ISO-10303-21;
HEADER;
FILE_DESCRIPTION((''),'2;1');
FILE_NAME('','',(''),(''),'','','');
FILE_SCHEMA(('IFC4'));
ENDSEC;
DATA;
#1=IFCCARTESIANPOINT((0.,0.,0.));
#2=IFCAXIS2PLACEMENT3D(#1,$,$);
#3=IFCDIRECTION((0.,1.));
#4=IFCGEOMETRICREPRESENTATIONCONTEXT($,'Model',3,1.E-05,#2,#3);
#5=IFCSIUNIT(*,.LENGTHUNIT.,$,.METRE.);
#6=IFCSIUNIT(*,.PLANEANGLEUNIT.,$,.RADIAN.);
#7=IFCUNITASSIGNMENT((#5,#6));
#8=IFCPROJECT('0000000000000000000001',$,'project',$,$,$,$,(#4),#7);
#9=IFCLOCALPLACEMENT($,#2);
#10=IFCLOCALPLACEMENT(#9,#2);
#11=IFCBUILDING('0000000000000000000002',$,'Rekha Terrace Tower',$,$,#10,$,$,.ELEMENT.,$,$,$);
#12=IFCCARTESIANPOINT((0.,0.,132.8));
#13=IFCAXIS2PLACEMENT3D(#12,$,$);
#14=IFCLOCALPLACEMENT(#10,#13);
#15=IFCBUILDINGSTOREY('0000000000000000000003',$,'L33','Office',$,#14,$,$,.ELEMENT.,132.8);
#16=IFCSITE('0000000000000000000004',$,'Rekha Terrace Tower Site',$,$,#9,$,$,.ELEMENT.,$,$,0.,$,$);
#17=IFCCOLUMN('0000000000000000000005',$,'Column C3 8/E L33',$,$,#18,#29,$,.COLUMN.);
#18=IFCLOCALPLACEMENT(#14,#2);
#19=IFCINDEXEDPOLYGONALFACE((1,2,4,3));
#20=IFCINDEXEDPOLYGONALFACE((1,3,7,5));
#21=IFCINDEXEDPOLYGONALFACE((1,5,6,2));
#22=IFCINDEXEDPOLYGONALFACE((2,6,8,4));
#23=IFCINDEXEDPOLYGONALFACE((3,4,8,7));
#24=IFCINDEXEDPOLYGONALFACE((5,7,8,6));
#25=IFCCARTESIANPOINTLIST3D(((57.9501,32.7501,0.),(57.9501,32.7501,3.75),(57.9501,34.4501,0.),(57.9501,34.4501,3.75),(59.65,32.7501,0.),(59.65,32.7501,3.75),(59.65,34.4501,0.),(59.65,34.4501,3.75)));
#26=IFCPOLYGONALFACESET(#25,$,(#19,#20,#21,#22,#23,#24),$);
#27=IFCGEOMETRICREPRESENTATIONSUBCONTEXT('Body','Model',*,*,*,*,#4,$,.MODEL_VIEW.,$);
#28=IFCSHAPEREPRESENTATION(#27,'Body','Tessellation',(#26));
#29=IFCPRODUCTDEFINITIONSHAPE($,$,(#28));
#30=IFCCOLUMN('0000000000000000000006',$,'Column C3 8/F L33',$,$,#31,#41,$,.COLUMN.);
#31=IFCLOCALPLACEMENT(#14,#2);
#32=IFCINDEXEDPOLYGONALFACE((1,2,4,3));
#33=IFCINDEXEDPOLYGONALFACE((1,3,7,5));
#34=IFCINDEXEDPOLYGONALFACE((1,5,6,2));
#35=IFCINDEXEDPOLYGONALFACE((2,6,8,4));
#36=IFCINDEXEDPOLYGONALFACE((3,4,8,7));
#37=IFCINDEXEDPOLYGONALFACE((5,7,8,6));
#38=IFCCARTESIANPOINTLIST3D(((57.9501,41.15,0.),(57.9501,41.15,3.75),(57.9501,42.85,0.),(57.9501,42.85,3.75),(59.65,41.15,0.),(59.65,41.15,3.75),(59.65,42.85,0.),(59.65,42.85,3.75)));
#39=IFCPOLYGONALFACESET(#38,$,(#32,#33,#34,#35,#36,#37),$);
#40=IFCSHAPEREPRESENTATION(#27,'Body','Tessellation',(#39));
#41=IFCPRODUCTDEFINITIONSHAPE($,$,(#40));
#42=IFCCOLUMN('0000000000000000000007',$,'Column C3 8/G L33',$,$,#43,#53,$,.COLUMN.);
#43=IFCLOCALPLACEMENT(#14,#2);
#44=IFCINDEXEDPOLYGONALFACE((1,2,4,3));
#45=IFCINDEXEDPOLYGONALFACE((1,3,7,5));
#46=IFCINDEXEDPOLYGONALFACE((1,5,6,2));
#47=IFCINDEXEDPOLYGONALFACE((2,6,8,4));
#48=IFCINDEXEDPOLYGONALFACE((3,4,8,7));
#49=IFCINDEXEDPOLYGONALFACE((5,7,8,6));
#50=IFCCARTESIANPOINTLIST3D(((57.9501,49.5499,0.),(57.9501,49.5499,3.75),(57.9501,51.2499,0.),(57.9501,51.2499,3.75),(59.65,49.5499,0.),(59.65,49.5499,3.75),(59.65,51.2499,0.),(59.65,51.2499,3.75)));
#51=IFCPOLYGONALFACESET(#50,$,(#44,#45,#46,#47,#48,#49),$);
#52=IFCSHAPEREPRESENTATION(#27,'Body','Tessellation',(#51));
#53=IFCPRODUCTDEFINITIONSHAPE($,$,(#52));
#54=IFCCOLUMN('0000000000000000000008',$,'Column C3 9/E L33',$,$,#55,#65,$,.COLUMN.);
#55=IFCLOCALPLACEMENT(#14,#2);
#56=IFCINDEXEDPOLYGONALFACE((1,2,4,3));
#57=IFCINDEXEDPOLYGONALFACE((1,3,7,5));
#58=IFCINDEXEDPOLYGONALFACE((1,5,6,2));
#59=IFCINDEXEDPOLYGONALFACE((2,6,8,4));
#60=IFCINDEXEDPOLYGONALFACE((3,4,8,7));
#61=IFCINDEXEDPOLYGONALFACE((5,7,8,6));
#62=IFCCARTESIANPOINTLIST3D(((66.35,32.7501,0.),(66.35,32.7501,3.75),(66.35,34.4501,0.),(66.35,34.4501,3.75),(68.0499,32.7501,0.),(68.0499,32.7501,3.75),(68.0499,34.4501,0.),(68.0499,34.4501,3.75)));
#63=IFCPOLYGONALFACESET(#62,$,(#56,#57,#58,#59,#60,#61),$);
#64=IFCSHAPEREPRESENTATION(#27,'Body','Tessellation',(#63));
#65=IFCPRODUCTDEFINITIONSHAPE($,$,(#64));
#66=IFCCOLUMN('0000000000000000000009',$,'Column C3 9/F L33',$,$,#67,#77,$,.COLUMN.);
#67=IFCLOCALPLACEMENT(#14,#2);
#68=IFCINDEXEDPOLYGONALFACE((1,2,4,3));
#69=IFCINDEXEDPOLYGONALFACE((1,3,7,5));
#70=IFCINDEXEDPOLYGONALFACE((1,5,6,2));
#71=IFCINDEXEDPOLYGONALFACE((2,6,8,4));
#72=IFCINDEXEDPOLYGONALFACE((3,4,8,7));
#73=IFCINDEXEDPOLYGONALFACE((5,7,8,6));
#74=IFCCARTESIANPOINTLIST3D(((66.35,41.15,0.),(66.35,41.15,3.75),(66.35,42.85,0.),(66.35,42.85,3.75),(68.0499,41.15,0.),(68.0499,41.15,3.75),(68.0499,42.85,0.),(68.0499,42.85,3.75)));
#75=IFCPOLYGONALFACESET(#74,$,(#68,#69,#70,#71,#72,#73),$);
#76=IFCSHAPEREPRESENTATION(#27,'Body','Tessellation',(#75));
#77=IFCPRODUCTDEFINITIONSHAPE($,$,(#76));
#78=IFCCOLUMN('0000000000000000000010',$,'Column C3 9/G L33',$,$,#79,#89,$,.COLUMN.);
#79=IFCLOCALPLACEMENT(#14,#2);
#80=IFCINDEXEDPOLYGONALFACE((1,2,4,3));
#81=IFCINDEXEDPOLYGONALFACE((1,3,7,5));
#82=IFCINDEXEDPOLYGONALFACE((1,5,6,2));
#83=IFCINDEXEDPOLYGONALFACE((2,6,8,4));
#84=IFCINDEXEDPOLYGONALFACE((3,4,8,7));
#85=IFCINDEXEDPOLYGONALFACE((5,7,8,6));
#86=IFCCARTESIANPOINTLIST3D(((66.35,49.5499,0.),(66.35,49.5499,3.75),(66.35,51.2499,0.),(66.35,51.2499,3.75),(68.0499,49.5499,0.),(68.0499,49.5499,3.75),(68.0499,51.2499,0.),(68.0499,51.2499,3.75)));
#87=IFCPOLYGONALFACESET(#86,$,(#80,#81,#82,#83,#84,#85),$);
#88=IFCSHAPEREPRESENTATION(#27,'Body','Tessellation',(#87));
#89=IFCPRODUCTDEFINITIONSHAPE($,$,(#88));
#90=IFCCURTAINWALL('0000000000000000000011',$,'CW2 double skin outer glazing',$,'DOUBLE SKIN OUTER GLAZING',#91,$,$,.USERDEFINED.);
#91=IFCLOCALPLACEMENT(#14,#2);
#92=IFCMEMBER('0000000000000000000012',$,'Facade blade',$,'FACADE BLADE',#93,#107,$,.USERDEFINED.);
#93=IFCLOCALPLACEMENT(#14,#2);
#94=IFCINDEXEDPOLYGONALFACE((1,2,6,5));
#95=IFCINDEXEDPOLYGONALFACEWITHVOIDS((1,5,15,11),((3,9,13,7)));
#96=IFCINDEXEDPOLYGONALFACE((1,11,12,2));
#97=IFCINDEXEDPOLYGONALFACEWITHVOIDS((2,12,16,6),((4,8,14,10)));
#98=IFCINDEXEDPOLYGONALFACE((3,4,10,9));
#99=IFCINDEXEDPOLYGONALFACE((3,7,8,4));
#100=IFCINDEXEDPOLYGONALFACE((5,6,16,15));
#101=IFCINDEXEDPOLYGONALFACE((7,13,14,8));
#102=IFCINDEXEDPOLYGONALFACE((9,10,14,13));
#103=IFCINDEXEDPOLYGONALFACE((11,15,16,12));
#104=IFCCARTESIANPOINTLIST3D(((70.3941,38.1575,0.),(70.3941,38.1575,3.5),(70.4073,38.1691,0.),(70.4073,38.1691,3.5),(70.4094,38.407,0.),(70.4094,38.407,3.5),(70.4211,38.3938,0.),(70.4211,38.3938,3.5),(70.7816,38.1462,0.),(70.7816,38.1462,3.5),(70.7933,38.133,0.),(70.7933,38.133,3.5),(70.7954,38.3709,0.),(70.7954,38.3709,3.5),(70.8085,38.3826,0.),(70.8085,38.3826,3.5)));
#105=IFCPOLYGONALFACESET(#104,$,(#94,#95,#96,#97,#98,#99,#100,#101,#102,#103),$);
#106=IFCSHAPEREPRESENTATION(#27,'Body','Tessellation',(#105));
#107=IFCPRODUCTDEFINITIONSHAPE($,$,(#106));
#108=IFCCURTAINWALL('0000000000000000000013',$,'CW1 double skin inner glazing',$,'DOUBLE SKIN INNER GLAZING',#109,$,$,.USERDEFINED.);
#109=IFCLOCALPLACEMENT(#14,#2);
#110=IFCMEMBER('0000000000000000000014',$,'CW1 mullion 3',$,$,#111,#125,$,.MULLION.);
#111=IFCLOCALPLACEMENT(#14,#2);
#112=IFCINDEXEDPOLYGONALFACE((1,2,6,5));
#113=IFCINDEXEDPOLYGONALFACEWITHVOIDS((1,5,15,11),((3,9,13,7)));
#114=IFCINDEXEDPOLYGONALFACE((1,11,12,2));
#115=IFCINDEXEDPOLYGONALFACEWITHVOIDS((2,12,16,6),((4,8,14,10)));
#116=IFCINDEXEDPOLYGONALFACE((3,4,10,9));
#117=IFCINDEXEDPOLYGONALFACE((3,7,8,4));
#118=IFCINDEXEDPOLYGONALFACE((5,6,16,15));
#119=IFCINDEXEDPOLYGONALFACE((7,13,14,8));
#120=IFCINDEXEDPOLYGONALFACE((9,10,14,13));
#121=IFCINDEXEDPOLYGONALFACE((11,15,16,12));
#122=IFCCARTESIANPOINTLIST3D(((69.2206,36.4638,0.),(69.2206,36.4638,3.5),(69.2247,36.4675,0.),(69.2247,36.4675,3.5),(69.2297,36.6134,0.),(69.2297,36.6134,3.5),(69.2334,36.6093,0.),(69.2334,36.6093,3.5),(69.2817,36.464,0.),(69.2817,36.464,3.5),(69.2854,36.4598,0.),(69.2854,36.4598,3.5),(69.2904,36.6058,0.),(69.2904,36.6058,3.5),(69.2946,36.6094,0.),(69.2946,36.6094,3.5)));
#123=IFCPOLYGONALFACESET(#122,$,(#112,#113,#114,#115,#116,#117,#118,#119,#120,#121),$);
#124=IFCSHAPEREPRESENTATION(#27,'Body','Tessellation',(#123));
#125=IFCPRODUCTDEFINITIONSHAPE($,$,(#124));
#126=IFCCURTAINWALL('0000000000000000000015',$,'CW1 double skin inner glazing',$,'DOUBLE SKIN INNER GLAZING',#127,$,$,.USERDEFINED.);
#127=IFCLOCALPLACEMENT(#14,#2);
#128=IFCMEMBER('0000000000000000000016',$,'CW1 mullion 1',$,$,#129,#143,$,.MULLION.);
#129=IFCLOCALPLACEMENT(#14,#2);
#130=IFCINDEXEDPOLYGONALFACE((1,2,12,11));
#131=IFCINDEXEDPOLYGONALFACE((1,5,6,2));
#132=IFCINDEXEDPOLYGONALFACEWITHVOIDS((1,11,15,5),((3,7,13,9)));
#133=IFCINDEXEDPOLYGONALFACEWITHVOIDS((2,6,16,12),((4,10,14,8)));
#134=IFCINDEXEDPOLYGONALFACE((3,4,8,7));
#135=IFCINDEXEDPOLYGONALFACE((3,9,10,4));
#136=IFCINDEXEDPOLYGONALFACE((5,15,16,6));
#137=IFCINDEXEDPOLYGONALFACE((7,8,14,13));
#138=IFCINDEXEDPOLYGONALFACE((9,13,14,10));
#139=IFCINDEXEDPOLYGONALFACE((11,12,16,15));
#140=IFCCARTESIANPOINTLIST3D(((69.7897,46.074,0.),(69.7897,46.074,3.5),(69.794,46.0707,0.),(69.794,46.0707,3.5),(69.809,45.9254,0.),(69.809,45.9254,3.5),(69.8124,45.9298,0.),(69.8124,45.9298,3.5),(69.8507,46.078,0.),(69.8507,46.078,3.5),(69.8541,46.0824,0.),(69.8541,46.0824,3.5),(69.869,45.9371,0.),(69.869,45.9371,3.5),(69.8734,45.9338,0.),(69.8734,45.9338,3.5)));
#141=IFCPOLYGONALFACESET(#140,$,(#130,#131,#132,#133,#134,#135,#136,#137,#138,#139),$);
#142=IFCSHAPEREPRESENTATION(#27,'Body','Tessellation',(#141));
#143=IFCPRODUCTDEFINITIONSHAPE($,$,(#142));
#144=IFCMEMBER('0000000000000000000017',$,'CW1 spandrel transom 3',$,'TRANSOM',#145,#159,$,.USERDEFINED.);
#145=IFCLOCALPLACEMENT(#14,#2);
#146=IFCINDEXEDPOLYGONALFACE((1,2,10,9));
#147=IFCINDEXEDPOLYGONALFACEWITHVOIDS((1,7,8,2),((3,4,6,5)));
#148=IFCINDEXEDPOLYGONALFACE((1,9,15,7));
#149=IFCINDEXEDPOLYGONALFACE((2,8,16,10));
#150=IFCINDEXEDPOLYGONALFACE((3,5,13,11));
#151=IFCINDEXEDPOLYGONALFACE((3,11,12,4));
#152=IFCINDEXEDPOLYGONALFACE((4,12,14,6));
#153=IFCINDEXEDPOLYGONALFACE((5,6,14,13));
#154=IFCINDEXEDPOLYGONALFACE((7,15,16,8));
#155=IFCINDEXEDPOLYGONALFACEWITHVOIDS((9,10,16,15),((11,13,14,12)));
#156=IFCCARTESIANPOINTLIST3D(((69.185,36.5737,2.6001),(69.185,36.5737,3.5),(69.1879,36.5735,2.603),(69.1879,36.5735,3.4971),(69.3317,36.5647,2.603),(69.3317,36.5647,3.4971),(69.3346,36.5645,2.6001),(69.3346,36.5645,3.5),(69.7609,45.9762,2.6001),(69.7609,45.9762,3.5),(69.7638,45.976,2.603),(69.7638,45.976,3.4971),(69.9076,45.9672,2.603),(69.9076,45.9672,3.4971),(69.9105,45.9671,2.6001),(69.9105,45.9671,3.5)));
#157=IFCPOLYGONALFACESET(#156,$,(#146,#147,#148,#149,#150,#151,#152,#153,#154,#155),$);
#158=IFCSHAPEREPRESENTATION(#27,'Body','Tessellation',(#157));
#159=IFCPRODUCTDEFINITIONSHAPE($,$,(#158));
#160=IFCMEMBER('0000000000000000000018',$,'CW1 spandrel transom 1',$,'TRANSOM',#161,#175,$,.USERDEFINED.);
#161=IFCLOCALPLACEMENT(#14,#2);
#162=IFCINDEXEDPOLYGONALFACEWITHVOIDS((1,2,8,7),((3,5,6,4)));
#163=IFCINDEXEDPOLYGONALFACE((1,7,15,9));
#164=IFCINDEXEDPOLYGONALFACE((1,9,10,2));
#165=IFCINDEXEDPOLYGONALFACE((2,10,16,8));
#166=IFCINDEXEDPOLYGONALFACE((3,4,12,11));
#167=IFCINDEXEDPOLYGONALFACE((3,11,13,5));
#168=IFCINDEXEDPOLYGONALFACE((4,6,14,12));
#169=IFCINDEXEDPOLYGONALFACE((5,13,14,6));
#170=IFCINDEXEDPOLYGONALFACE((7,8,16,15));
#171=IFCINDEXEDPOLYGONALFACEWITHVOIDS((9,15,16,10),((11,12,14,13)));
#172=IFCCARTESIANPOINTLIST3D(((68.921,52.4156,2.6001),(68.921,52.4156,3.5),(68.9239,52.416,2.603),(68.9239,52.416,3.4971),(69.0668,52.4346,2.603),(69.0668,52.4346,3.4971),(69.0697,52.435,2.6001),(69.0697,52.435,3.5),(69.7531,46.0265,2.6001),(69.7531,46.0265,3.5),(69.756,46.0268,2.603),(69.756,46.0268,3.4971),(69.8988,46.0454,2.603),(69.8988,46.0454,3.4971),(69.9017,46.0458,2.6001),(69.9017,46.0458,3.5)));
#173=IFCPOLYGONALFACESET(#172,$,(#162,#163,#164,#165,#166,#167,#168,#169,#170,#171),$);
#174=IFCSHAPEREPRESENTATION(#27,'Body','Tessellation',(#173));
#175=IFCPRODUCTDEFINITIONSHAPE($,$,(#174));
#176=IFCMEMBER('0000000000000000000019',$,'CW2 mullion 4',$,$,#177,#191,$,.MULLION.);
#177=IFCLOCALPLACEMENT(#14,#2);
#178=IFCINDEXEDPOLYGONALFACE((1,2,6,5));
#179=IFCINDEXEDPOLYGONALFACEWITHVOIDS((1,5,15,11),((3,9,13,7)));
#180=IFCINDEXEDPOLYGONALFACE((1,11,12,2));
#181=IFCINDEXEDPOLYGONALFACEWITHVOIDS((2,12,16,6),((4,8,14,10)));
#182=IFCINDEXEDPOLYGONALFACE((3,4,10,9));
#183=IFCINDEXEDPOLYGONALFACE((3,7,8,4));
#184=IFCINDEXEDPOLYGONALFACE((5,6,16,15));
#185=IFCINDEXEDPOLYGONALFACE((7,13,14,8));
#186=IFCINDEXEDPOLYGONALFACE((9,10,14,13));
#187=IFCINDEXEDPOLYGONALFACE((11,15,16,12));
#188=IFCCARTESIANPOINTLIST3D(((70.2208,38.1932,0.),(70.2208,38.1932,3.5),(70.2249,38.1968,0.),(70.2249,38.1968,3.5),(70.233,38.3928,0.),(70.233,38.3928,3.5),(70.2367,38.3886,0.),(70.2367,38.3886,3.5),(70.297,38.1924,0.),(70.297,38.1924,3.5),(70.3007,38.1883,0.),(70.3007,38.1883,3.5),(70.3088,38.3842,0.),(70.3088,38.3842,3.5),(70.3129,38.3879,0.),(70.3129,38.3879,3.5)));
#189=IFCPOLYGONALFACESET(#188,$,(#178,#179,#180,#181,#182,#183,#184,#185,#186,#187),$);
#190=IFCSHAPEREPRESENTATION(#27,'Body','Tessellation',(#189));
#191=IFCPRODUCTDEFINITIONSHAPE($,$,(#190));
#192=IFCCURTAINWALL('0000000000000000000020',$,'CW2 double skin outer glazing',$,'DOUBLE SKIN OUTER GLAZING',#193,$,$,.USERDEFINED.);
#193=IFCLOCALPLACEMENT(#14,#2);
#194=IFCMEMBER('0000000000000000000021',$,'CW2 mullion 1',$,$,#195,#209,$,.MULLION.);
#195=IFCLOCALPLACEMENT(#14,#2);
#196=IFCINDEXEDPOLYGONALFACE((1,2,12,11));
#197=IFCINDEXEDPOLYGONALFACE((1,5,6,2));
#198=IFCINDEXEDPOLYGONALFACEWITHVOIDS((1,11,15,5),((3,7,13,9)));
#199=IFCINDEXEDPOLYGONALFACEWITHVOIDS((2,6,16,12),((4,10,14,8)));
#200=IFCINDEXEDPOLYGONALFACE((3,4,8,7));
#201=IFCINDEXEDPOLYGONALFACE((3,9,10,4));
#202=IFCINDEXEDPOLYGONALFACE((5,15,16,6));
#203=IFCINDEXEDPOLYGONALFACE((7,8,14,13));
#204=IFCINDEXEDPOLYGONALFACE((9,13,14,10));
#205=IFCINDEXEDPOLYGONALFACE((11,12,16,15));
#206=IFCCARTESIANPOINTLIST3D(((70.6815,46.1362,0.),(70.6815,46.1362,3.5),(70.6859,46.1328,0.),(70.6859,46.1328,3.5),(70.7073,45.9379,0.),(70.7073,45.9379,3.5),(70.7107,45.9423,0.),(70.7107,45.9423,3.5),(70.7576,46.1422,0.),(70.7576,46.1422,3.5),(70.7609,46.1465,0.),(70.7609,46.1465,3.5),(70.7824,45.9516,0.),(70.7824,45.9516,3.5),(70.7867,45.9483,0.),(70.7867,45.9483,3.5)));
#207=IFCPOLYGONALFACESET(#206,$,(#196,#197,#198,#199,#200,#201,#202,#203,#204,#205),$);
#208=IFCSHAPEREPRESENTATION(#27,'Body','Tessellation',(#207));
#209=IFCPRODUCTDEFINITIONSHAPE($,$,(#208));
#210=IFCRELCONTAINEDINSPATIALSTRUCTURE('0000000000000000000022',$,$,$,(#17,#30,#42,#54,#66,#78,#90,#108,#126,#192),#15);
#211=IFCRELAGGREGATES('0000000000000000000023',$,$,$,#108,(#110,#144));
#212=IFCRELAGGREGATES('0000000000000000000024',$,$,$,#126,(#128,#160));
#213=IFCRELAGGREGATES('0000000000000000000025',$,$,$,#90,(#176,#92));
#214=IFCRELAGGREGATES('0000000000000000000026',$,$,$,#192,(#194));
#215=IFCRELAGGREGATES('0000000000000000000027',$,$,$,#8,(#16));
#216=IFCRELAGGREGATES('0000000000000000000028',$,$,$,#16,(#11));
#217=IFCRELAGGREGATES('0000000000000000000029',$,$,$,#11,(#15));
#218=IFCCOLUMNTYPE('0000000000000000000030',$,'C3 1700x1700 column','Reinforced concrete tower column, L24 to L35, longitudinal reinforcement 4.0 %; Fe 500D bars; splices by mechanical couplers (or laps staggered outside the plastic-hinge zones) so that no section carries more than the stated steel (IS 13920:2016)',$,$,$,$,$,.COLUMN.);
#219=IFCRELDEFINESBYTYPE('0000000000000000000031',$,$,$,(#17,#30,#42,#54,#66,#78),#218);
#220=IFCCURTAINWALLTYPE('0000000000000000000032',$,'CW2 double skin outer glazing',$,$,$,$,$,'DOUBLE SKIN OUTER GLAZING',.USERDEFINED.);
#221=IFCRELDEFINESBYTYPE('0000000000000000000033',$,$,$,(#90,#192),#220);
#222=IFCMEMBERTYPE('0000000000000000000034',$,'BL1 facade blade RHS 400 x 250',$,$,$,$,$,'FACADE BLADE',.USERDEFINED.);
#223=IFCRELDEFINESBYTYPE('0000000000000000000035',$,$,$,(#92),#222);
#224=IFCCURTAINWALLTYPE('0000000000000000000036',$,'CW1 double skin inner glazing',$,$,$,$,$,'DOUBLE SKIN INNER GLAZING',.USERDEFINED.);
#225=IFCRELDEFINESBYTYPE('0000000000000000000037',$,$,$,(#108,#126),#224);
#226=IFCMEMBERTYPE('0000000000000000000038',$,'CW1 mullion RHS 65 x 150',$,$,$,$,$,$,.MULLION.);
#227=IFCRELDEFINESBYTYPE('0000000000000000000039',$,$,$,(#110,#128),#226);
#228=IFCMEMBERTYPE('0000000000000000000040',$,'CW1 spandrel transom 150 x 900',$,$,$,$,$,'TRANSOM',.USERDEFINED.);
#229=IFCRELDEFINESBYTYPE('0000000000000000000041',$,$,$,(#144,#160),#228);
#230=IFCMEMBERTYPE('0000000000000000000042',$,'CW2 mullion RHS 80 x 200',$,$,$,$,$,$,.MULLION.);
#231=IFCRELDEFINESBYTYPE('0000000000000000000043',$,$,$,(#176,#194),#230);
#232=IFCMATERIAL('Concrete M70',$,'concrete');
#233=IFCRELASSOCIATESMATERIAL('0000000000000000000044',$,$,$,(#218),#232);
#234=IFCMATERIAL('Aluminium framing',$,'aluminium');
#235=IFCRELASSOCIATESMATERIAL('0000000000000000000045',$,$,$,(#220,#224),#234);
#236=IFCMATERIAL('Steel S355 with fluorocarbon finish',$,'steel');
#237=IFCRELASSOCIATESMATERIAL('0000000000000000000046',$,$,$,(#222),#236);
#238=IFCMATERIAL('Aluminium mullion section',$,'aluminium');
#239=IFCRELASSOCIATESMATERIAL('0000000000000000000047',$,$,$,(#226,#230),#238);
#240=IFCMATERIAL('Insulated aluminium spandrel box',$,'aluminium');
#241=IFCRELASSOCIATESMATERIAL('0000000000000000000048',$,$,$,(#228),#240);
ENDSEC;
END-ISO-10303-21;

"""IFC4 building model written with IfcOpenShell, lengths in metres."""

from ifc_helpers import new_model, si_unit, direction, frame, origin, origin_2d, place, context, subcontext, project, spatial, rectangle, hollow_rectangle, extrude, material, material_profile, profile_set, type_object, element, aggregate, save


model = new_model("IFC4")

# Units and contexts
model_context = context("Model", 3, precision=1e-05, world=origin(), true_north=direction((0.0, 1.0)))
body_context = subcontext(model_context, "Body", "Model", "MODEL_VIEW")
ifc_project = project(units=[si_unit("LENGTHUNIT", "METRE"), si_unit("PLANEANGLEUNIT", "RADIAN")], contexts=[model_context])

# Site, building, storey
site_placement = place(None, origin())
site = spatial("IfcSite", under=ifc_project, at=site_placement, Name="Rekha Terrace Tower Site", CompositionType="ELEMENT", RefElevation=0.0)
building_placement = place(site_placement, origin())
building = spatial("IfcBuilding", under=site, at=building_placement, Name="Rekha Terrace Tower", CompositionType="ELEMENT")
storey_placement = place(building_placement, frame((0.0, 0.0, 132.8)))
storey = spatial("IfcBuildingStorey", under=building, at=storey_placement, Name="L33", Description="Office", CompositionType="ELEMENT", Elevation=132.8)

# Columns
ifc_material_1 = material(Name="Concrete M70", Category="concrete")
ifc_material_profile_1 = material_profile(ifc_material_1, rectangle(XDim=1.7, YDim=1.7, at=origin_2d()), Name="RC 1700x1700")
ifc_profile_set_1 = profile_set([ifc_material_profile_1], Name="Concrete M70")
column_type = type_object("IfcColumnType", Name="C3 1700x1700 column", Description="Reinforced concrete tower column, L24 to L35, longitudinal reinforcement 4.0 %; Fe 500D bars; splices by mechanical couplers (or laps staggered outside the plastic-hinge zones) so that no section carries more than the stated steel (IS 13920:2016)", PredefinedType="COLUMN", material=ifc_profile_set_1)
for number, where, z_axis, x_axis, name in (
    (1, (58.8, 33.6001, 0.0), (0.0, 0.0, 1.0), (1.0, 0.0, 0.0), "Column C3 8/E L33"),
    (2, (58.8, 42.0, 0.0), (0.0, 0.0, 1.0), (1.0, 0.0, 0.0), "Column C3 8/F L33"),
    (3, (58.8, 50.3999, 0.0), (0.0, 0.0, 1.0), (1.0, 0.0, 0.0), "Column C3 8/G L33"),
    (4, (67.2, 33.6001, 0.0), (0.0, 0.0, 1.0), (1.0, 0.0, 0.0), "Column C3 9/E L33"),
    (5, (67.2, 42.0, 0.0), (0.0, 0.0, 1.0), (1.0, 0.0, 0.0), "Column C3 9/F L33"),
    (6, (67.2, 50.3999, 0.0), (0.0, 0.0, 1.0), (1.0, 0.0, 0.0), "Column C3 9/G L33"),
):
    element("IfcColumn", number, at=place(storey_placement, frame(where, z_axis=z_axis, x_axis=x_axis)), inside=storey, type_object=column_type, Name=name, PredefinedType="COLUMN", context=body_context, shape_type="SweptSolid", body=[
        extrude(rectangle(XDim=1.7, YDim=1.7, at=origin_2d()), origin(), (0.0, 0.0, 1.0), 3.75),
    ])

# Curtain walls, members
ifc_material_2 = material(Name="Aluminium framing", Category="aluminium")
curtain_wall_type_1 = type_object("IfcCurtainWallType", Name="CW2 double skin outer glazing", ElementType="DOUBLE SKIN OUTER GLAZING", PredefinedType="USERDEFINED", material=ifc_material_2)
curtain_wall_1_placement = place(storey_placement, origin())
curtain_wall_1 = element("IfcCurtainWall", 7, at=curtain_wall_1_placement, inside=storey, type_object=curtain_wall_type_1, Name="CW2 double skin outer glazing", ObjectType="DOUBLE SKIN OUTER GLAZING", PredefinedType="USERDEFINED")
ifc_material_3 = material(Name="Steel S355 with fluorocarbon finish", Category="steel")
ifc_material_profile_2 = material_profile(ifc_material_3, hollow_rectangle(XDim=0.25, YDim=0.3999, WallThickness=0.0125, at=origin_2d()), Name="RHS400x250x12.5")
ifc_profile_set_2 = profile_set([ifc_material_profile_2], Name="Steel S355 with fluorocarbon finish")
member_type_1 = type_object("IfcMemberType", Name="BL1 facade blade RHS 400 x 250", ElementType="FACADE BLADE", PredefinedType="USERDEFINED", material=ifc_profile_set_2)
member_1_placement = place(storey_placement, frame((70.6013, 38.27, 0.0), z_axis=(0.0, 0.0, 1.0), x_axis=(0.06116, 0.998128, 0.0)))
member_1 = element("IfcMember", 8, at=member_1_placement, type_object=member_type_1, Name="Facade blade", ObjectType="FACADE BLADE", PredefinedType="USERDEFINED", context=body_context, shape_type="SweptSolid", body=[
    extrude(hollow_rectangle(XDim=0.25, YDim=0.3999, WallThickness=0.0125, at=origin_2d()), origin(), (0.0, 0.0, 1.0), 3.5),
])
curtain_wall_type_2 = type_object("IfcCurtainWallType", Name="CW1 double skin inner glazing", ElementType="DOUBLE SKIN INNER GLAZING", PredefinedType="USERDEFINED", material=ifc_material_2)
curtain_wall_2_placement = place(storey_placement, origin())
curtain_wall_2 = element("IfcCurtainWall", 9, at=curtain_wall_2_placement, inside=storey, type_object=curtain_wall_type_2, Name="CW1 double skin inner glazing", ObjectType="DOUBLE SKIN INNER GLAZING", PredefinedType="USERDEFINED")
ifc_material_4 = material(Name="Aluminium mullion section", Category="aluminium")
ifc_material_profile_3 = material_profile(ifc_material_4, hollow_rectangle(XDim=0.0649, YDim=0.1499, WallThickness=0.0039, at=origin_2d()), Name="AL RHS 65x150")
ifc_profile_set_3 = profile_set([ifc_material_profile_3], Name="Aluminium mullion section")
member_type_2 = type_object("IfcMemberType", Name="CW1 mullion RHS 65 x 150", PredefinedType="MULLION", material=ifc_profile_set_3)
member_2_placement = place(storey_placement, frame((69.2576, 36.5366, 0.0), z_axis=(0.0, 0.0, 1.0), x_axis=(-0.998128, 0.06116, 0.0)))
member_2 = element("IfcMember", 10, at=member_2_placement, type_object=member_type_2, Name="CW1 mullion 3", PredefinedType="MULLION", context=body_context, shape_type="SweptSolid", body=[
    extrude(hollow_rectangle(XDim=0.0649, YDim=0.1499, WallThickness=0.0039, at=origin_2d()), origin(), (0.0, 0.0, 1.0), 3.5),
])
curtain_wall_3_placement = place(storey_placement, origin())
curtain_wall_3 = element("IfcCurtainWall", 11, at=curtain_wall_3_placement, inside=storey, type_object=curtain_wall_type_2, Name="CW1 double skin inner glazing", ObjectType="DOUBLE SKIN INNER GLAZING", PredefinedType="USERDEFINED")
member_3_placement = place(storey_placement, frame((69.8315, 46.0039, 0.0), z_axis=(0.0, 0.0, 1.0), x_axis=(-0.991629, -0.129118, 0.0)))
member_3 = element("IfcMember", 12, at=member_3_placement, type_object=member_type_2, Name="CW1 mullion 1", PredefinedType="MULLION", context=body_context, shape_type="SweptSolid", body=[
    extrude(hollow_rectangle(XDim=0.0649, YDim=0.1499, WallThickness=0.0039, at=origin_2d()), origin(), (0.0, 0.0, 1.0), 3.5),
])

# Members
ifc_material_5 = material(Name="Insulated aluminium spandrel box", Category="aluminium")
ifc_material_profile_4 = material_profile(ifc_material_5, hollow_rectangle(XDim=0.1499, YDim=0.8999, WallThickness=0.0029, at=origin_2d()), Name="AL SPANDREL BOX 150x900")
ifc_profile_set_4 = profile_set([ifc_material_profile_4], Name="Insulated aluminium spandrel box")
member_type_3 = type_object("IfcMemberType", Name="CW1 spandrel transom 150 x 900", ElementType="TRANSOM", PredefinedType="USERDEFINED", material=ifc_profile_set_4)
member_4_placement = place(storey_placement, frame((69.2598, 36.5691, 3.05), z_axis=(0.061137, 0.998129, 0.0), x_axis=(-0.998129, 0.061137, 0.0)))
member_4 = element("IfcMember", 13, at=member_4_placement, type_object=member_type_3, Name="CW1 spandrel transom 3", ObjectType="TRANSOM", PredefinedType="USERDEFINED", context=body_context, shape_type="SweptSolid", body=[
    extrude(hollow_rectangle(XDim=0.1499, YDim=0.8999, WallThickness=0.0029, at=origin_2d()), origin(), (0.0, 0.0, 1.0), 9.4202),
])
member_5_placement = place(storey_placement, frame((69.8274, 46.0361, 3.05), z_axis=(-0.129135, 0.991627, 0.0), x_axis=(-0.991627, -0.129135, 0.0)))
member_5 = element("IfcMember", 14, at=member_5_placement, type_object=member_type_3, Name="CW1 spandrel transom 1", ObjectType="TRANSOM", PredefinedType="USERDEFINED", context=body_context, shape_type="SweptSolid", body=[
    extrude(hollow_rectangle(XDim=0.1499, YDim=0.8999, WallThickness=0.0029, at=origin_2d()), origin(), (0.0, 0.0, 1.0), 6.4431),
])
ifc_material_profile_5 = material_profile(ifc_material_4, hollow_rectangle(XDim=0.0801, YDim=0.2, WallThickness=0.0039, at=origin_2d()), Name="AL RHS 80x200")
ifc_profile_set_5 = profile_set([ifc_material_profile_5], Name="Aluminium mullion section")
member_type_4 = type_object("IfcMemberType", Name="CW2 mullion RHS 80 x 200", PredefinedType="MULLION", material=ifc_profile_set_5)
member_6_placement = place(storey_placement, frame((70.2668, 38.2905, 0.0), z_axis=(0.0, 0.0, 1.0), x_axis=(-0.998128, 0.06116, 0.0)))
member_6 = element("IfcMember", 15, at=member_6_placement, type_object=member_type_4, Name="CW2 mullion 4", PredefinedType="MULLION", context=body_context, shape_type="SweptSolid", body=[
    extrude(hollow_rectangle(XDim=0.0801, YDim=0.2, WallThickness=0.0039, at=origin_2d()), origin(), (0.0, 0.0, 1.0), 3.5),
])

# Curtain wall, member
curtain_wall_4_placement = place(storey_placement, origin())
curtain_wall_4 = element("IfcCurtainWall", 16, at=curtain_wall_4_placement, inside=storey, type_object=curtain_wall_type_1, Name="CW2 double skin outer glazing", ObjectType="DOUBLE SKIN OUTER GLAZING", PredefinedType="USERDEFINED")
member_7_placement = place(storey_placement, frame((70.7341, 46.0422, 0.0), z_axis=(0.0, 0.0, 1.0), x_axis=(-0.991629, -0.129118, 0.0)))
member_7 = element("IfcMember", 17, at=member_7_placement, type_object=member_type_4, Name="CW2 mullion 1", PredefinedType="MULLION", context=body_context, shape_type="SweptSolid", body=[
    extrude(hollow_rectangle(XDim=0.0801, YDim=0.2, WallThickness=0.0039, at=origin_2d()), origin(), (0.0, 0.0, 1.0), 3.5),
])

aggregate(curtain_wall_2, [member_2, member_4])
aggregate(curtain_wall_3, [member_3, member_5])
aggregate(curtain_wall_1, [member_6, member_1])
aggregate(curtain_wall_4, [member_7])

save(model, "model.ifc")
